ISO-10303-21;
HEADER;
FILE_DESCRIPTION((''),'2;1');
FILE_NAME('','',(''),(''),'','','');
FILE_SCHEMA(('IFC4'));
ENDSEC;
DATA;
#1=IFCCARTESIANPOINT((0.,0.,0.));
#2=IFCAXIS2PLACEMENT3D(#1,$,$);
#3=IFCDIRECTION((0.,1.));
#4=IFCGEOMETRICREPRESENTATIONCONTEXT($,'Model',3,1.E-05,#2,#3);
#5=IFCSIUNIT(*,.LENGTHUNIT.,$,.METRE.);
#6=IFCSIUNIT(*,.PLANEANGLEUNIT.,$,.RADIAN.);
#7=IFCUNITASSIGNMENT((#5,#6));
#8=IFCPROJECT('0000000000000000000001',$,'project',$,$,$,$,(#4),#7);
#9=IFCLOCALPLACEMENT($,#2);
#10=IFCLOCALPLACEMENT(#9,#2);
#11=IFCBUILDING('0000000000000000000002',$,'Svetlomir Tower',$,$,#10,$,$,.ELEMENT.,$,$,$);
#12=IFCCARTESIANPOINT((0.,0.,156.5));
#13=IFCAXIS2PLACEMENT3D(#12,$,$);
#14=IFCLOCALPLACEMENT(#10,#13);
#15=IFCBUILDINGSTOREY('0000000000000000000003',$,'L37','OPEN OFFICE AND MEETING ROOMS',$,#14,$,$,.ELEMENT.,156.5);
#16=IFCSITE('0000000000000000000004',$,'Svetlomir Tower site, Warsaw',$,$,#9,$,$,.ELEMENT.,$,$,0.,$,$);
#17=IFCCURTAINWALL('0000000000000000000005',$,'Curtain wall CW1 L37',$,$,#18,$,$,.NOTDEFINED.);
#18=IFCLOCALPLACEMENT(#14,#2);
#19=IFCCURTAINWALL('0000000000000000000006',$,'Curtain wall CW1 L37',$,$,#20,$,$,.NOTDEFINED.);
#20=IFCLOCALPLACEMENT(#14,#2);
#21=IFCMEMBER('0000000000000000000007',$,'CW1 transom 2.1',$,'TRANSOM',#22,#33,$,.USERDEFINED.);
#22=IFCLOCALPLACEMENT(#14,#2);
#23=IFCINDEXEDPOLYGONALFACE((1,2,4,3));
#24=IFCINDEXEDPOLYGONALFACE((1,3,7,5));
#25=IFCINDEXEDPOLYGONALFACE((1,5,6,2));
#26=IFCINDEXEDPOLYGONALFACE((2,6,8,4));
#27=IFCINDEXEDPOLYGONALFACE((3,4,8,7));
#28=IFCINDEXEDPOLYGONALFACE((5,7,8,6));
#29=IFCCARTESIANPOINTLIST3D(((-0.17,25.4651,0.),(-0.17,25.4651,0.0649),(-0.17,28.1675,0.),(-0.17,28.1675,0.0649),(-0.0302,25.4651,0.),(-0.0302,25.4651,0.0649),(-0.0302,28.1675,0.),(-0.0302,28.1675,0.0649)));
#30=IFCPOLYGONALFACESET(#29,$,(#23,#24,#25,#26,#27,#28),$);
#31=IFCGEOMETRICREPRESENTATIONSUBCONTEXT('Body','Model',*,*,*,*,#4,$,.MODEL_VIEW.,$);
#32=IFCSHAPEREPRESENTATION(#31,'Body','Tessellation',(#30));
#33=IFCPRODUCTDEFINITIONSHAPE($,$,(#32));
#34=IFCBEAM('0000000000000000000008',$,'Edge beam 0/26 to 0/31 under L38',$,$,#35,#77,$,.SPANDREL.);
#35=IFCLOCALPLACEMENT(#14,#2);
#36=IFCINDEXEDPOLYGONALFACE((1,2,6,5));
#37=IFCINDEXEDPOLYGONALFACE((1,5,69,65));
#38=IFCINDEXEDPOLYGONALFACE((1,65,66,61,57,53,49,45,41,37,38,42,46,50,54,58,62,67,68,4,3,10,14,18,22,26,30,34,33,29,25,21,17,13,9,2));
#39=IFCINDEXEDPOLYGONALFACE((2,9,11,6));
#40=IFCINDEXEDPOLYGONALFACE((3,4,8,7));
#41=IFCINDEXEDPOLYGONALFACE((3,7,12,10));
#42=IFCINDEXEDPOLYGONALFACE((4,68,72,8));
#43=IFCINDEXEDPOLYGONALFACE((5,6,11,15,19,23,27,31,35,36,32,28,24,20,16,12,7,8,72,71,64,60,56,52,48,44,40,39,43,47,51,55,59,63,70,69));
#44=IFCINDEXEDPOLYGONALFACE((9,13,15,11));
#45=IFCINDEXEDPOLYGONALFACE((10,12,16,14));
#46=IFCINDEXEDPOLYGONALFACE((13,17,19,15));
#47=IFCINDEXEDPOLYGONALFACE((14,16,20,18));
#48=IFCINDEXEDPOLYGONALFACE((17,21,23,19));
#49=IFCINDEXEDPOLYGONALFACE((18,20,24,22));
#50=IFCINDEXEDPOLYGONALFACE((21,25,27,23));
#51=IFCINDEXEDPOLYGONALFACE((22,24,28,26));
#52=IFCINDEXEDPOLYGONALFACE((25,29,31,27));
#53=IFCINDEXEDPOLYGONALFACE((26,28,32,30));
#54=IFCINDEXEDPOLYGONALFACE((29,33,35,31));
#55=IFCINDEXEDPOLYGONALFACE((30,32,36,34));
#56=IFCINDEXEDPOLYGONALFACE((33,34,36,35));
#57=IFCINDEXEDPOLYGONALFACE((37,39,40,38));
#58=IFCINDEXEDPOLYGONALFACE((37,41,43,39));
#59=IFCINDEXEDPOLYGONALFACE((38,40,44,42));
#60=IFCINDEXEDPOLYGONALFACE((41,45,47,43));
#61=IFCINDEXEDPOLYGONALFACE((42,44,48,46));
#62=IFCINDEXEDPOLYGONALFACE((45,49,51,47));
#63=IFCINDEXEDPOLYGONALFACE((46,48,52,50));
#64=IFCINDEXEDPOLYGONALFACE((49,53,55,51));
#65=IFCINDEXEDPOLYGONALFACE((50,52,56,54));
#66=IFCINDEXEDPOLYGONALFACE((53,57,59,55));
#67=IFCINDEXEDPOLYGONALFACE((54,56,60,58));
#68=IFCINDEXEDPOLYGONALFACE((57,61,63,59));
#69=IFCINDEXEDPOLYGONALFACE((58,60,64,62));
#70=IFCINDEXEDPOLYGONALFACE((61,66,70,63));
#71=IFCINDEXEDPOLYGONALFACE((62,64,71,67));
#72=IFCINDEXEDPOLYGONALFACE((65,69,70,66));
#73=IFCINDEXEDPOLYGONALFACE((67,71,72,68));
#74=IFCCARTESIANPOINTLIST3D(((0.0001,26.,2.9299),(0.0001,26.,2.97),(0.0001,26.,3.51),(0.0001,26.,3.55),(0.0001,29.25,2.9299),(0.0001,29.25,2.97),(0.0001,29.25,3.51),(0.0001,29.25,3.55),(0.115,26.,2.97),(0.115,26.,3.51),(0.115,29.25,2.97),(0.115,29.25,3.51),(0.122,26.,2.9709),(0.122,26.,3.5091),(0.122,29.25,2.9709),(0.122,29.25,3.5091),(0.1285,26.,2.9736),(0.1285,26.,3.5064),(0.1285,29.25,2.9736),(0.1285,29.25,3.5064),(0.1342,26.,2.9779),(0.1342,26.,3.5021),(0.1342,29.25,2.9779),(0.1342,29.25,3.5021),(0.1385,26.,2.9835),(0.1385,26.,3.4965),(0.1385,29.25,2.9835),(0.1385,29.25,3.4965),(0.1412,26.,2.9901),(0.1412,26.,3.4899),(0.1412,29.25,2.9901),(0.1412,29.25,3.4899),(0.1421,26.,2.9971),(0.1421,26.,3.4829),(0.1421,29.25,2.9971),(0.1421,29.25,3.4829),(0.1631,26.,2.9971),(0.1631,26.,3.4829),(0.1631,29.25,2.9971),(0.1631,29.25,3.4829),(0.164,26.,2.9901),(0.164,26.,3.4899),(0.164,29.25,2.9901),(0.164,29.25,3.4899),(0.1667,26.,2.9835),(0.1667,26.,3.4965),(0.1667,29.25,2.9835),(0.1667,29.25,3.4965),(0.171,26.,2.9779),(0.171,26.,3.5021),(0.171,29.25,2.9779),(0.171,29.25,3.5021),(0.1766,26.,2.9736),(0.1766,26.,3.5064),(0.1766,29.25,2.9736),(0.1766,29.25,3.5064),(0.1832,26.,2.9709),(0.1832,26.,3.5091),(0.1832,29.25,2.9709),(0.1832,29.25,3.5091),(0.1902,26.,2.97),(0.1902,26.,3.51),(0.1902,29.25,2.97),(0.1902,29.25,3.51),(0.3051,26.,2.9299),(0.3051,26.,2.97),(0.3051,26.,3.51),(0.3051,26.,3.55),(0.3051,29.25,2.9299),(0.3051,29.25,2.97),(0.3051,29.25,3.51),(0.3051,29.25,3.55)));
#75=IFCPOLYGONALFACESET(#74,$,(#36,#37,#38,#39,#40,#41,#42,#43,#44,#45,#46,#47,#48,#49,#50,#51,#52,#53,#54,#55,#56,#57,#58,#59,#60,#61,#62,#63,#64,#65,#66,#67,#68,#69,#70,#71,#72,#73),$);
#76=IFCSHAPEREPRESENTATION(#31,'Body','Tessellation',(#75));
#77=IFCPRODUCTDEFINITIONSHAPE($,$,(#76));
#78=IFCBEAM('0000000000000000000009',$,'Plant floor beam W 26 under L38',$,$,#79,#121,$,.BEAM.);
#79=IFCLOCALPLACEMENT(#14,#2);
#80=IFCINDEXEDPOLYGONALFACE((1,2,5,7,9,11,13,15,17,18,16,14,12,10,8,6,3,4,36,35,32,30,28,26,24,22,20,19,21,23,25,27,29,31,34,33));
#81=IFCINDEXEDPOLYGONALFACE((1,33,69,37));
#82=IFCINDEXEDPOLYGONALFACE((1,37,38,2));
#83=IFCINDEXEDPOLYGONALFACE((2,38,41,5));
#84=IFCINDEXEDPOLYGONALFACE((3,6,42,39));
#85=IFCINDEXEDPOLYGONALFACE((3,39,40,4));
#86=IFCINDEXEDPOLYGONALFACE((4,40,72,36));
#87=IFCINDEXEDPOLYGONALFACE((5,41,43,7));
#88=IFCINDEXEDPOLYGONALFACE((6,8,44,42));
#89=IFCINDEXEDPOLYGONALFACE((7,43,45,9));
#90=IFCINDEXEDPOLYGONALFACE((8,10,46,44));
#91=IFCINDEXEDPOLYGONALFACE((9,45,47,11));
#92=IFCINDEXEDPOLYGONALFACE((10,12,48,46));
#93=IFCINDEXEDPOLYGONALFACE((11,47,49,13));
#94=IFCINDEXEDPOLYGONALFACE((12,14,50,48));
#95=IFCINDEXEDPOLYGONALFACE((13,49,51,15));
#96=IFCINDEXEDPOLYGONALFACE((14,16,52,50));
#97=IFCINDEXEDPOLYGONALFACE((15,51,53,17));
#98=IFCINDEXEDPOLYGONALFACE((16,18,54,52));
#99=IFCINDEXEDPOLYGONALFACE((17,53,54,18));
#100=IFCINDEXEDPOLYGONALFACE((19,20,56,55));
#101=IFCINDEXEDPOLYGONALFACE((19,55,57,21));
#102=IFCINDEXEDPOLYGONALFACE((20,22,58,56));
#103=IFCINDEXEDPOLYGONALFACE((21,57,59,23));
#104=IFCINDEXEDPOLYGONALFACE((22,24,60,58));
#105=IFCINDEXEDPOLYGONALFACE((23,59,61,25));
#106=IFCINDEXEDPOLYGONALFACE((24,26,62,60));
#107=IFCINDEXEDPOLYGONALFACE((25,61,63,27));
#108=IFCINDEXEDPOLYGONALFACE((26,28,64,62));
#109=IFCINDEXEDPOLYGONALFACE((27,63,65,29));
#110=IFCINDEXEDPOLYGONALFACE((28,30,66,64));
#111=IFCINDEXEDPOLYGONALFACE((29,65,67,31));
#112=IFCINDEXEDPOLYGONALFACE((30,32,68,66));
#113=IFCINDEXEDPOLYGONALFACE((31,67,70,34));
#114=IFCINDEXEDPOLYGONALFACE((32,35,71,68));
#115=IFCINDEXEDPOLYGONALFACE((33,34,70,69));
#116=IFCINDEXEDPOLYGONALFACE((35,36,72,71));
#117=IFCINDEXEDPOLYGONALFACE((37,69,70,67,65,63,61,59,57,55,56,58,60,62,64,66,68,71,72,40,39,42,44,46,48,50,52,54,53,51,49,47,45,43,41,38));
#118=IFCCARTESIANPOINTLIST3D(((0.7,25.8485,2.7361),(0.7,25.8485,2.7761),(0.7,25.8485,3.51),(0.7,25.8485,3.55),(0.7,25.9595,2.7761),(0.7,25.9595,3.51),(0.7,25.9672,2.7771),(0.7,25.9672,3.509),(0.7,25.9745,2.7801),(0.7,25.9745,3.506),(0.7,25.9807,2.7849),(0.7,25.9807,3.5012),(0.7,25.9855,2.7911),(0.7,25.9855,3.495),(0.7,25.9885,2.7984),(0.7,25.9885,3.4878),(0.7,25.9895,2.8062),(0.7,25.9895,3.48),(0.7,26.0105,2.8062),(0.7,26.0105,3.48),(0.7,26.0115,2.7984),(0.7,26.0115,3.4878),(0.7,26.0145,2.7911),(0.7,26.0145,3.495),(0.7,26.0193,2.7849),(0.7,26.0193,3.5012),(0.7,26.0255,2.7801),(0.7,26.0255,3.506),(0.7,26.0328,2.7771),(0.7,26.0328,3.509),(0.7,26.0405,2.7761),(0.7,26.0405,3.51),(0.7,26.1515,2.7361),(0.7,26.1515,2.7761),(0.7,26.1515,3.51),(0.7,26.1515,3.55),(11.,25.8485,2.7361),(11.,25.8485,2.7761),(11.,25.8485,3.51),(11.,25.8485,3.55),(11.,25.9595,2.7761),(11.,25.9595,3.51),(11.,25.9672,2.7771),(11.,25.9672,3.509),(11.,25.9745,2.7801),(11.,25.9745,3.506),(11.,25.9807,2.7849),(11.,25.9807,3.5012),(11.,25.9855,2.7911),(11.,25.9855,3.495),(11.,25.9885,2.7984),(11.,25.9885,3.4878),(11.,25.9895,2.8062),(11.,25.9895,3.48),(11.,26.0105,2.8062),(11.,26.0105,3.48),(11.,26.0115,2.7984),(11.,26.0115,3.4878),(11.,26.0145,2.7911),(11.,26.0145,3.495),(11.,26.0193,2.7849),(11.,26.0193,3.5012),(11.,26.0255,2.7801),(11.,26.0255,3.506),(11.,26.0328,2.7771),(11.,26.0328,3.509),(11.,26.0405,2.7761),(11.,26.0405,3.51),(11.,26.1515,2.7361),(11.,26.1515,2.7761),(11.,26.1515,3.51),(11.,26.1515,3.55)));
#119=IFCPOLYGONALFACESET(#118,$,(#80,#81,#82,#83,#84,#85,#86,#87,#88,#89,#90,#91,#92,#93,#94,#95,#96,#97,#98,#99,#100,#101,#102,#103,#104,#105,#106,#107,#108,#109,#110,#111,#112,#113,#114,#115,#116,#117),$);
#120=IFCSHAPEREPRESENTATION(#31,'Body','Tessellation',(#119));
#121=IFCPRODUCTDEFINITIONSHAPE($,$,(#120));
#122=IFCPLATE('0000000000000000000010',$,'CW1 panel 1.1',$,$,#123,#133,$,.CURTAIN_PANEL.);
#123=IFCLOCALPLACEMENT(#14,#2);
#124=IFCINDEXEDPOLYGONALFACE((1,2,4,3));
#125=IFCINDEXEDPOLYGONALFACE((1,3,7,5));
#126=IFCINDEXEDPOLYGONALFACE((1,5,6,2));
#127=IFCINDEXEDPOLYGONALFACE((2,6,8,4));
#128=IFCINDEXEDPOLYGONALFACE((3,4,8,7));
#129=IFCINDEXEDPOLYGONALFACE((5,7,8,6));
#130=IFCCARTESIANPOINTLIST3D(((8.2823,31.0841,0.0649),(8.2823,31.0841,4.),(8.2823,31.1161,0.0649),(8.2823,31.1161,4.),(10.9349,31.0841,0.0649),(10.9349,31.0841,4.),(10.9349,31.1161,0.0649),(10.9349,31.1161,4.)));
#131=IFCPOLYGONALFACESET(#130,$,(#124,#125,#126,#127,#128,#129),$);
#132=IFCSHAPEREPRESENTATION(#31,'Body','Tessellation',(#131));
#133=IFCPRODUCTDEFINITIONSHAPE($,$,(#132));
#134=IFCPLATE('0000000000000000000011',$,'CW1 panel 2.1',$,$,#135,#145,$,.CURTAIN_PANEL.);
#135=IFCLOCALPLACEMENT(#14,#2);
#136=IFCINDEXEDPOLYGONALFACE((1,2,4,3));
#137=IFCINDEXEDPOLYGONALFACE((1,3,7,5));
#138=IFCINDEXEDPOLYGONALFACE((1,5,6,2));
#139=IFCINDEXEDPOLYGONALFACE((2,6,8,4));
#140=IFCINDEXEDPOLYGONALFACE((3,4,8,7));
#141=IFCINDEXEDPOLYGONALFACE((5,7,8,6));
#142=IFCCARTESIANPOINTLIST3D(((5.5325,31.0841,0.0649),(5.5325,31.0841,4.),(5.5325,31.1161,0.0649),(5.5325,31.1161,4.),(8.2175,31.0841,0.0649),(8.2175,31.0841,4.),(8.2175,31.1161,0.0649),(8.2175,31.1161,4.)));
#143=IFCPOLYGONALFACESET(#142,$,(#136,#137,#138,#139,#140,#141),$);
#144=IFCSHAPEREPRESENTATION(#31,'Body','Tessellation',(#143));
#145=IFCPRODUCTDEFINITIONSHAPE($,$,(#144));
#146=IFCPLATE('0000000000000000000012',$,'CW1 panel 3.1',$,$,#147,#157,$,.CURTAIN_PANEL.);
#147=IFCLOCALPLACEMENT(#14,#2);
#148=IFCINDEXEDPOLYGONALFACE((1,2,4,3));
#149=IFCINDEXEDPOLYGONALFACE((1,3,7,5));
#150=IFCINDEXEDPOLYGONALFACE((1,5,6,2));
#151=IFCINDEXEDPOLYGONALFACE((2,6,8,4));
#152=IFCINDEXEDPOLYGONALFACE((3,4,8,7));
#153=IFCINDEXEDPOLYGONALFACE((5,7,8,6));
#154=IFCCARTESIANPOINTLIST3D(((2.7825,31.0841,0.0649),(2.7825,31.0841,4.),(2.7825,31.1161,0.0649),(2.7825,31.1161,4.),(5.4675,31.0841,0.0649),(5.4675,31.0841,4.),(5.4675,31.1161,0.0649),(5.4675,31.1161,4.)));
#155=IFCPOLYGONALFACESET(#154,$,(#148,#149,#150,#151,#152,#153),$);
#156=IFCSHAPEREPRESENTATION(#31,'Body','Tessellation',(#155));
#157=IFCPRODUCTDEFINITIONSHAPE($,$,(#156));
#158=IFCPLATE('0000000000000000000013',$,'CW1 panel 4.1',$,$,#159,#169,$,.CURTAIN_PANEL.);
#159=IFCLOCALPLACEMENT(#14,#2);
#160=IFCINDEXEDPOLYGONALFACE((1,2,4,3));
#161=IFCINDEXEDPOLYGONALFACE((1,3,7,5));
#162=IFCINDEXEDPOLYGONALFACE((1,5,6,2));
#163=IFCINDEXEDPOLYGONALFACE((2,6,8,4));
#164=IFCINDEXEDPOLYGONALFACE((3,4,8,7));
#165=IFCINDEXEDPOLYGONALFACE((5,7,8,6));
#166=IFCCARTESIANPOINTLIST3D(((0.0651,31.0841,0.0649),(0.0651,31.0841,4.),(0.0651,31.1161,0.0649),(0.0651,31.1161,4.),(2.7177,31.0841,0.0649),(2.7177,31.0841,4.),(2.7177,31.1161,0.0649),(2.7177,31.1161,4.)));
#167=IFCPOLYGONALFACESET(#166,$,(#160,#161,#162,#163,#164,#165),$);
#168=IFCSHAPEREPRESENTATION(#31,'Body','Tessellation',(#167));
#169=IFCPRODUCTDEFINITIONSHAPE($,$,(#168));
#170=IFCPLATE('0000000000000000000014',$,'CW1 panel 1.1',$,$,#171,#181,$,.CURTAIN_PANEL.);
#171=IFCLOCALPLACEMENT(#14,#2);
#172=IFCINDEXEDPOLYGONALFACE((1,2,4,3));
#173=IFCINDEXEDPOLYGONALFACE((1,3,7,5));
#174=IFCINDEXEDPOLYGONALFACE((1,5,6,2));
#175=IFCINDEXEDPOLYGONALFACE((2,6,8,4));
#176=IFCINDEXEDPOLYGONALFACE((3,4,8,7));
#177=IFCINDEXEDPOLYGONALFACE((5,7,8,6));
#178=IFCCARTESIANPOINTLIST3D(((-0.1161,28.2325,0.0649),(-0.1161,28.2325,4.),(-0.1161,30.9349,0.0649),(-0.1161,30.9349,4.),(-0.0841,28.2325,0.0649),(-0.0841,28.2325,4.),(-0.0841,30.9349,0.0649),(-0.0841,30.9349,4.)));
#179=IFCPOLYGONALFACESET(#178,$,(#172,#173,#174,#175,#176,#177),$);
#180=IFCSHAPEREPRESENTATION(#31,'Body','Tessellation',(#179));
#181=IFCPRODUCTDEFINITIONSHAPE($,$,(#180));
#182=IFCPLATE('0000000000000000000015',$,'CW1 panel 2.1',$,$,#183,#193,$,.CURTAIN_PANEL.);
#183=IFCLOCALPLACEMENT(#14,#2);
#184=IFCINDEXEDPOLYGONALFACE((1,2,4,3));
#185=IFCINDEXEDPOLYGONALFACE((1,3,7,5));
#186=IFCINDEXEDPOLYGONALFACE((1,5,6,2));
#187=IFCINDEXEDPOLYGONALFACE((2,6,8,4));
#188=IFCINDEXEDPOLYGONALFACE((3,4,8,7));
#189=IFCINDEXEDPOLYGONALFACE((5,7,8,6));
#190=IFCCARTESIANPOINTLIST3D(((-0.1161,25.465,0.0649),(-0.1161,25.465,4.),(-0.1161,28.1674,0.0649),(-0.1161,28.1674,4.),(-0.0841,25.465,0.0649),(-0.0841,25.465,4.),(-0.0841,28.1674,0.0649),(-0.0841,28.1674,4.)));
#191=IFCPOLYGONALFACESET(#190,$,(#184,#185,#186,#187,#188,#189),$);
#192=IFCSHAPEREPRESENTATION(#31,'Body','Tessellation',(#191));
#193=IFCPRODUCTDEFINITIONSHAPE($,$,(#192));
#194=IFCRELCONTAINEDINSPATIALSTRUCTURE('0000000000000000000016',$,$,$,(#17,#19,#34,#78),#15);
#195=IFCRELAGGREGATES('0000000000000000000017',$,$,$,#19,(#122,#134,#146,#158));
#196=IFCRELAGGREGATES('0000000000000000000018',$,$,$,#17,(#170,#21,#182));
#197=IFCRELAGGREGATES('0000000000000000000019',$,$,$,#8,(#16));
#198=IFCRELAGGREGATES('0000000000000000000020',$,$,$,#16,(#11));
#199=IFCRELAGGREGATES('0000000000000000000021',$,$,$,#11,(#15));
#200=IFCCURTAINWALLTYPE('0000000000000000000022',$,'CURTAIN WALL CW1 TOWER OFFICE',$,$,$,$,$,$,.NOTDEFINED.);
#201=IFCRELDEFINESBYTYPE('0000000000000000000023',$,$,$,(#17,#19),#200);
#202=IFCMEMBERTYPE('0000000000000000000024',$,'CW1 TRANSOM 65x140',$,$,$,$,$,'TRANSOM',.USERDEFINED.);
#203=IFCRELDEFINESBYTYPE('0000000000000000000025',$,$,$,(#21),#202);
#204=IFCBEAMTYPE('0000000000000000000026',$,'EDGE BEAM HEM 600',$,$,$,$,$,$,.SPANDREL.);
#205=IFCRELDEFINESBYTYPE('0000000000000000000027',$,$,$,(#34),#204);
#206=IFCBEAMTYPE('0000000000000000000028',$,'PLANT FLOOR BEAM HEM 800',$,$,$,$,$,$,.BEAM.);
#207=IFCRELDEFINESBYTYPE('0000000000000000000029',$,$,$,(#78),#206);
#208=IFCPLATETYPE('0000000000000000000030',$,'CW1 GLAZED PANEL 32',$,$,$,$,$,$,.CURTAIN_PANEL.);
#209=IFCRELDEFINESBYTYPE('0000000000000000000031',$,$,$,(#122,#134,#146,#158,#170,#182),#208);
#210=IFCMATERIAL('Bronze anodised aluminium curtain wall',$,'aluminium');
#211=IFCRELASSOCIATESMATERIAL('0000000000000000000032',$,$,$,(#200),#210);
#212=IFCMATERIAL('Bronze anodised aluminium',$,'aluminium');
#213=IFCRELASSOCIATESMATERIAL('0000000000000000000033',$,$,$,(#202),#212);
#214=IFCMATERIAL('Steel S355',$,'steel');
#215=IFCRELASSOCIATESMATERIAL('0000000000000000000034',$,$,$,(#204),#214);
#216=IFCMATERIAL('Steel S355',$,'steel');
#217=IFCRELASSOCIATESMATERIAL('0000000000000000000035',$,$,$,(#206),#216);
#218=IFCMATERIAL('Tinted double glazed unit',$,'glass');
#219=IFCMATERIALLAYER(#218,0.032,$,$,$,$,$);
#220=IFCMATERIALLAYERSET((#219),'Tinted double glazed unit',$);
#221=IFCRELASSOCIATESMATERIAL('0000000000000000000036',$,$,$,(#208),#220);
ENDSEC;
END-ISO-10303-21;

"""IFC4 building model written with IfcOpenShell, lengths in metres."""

from ifc_helpers import new_model, si_unit, direction, frame, origin, origin_2d, place, context, subcontext, project, spatial, rectangle, i_section, extrude, material, layer, layer_set, material_profile, profile_set, type_object, element, aggregate, save


model = new_model("IFC4")

# Units and contexts
model_context = context("Model", 3, precision=1e-05, world=origin(), true_north=direction((0.0, 1.0)))
body_context = subcontext(model_context, "Body", "Model", "MODEL_VIEW")
ifc_project = project(units=[si_unit("LENGTHUNIT", "METRE"), si_unit("PLANEANGLEUNIT", "RADIAN")], contexts=[model_context])

# Site, building, storey
site_placement = place(None, origin())
site = spatial("IfcSite", under=ifc_project, at=site_placement, Name="Svetlomir Tower site, Warsaw", CompositionType="ELEMENT", RefElevation=0.0)
building_placement = place(site_placement, origin())
building = spatial("IfcBuilding", under=site, at=building_placement, Name="Svetlomir Tower", CompositionType="ELEMENT")
storey_placement = place(building_placement, frame((0.0, 0.0, 156.5)))
storey = spatial("IfcBuildingStorey", under=building, at=storey_placement, Name="L37", Description="OPEN OFFICE AND MEETING ROOMS", CompositionType="ELEMENT", Elevation=156.5)

# Curtain wall
ifc_material_1 = material(Name="Bronze anodised aluminium curtain wall", Category="aluminium")
curtain_wall_type = type_object("IfcCurtainWallType", Name="CURTAIN WALL CW1 TOWER OFFICE", PredefinedType="NOTDEFINED", material=ifc_material_1)
curtain_wall_1_placement = place(storey_placement, origin())
curtain_wall_1 = element("IfcCurtainWall", 1, at=curtain_wall_1_placement, inside=storey, type_object=curtain_wall_type, Name="Curtain wall CW1 L37", PredefinedType="NOTDEFINED")

# Curtain wall
curtain_wall_2_placement = place(storey_placement, origin())
curtain_wall_2 = element("IfcCurtainWall", 2, at=curtain_wall_2_placement, inside=storey, type_object=curtain_wall_type, Name="Curtain wall CW1 L37", PredefinedType="NOTDEFINED")

# Member
ifc_material_2 = material(Name="Bronze anodised aluminium", Category="aluminium")
ifc_material_profile_1 = material_profile(ifc_material_2, rectangle(XDim=0.1399, YDim=0.0649, at=origin_2d()), Name="AL 140x65")
ifc_profile_set_1 = profile_set([ifc_material_profile_1], Name="Bronze anodised aluminium 6063-T6")
member_type_1 = type_object("IfcMemberType", Name="CW1 TRANSOM 65x140", ElementType="TRANSOM", PredefinedType="USERDEFINED", material=ifc_profile_set_1)
member_1_placement = place(storey_placement, frame((-0.1001, 28.1675, 0.0325), z_axis=(0.0, -1.0, 0.0), x_axis=(1.0, 0.0, 0.0)))
member_1 = element("IfcMember", 3, at=member_1_placement, type_object=member_type_1, Name="CW1 transom 2.1", ObjectType="TRANSOM", PredefinedType="USERDEFINED", context=body_context, shape_type="SweptSolid", body=[
    extrude(rectangle(XDim=0.1399, YDim=0.0649, at=origin_2d()), origin(), (0.0, 0.0, 1.0), 2.7024),
])

# Beams
ifc_material_3 = material(Name="Steel S355", Category="steel")
ifc_material_profile_2 = material_profile(ifc_material_3, i_section(OverallWidth=0.3049, OverallDepth=0.6201, WebThickness=0.021, FlangeThickness=0.04, FilletRadius=0.0271, at=origin_2d()), Name="HEM 600")
ifc_profile_set_2 = profile_set([ifc_material_profile_2], Name="Steel S355")
beam_type_1 = type_object("IfcBeamType", Name="EDGE BEAM HEM 600", PredefinedType="SPANDREL", material=ifc_profile_set_2)
beam_1_placement = place(storey_placement, frame((0.1526, 26.0, 3.24), z_axis=(0.0, 1.0, 0.0), x_axis=(-1.0, 0.0, 0.0)))
element("IfcBeam", 4, at=beam_1_placement, inside=storey, type_object=beam_type_1, Name="Edge beam 0/26 to 0/31 under L38", PredefinedType="SPANDREL", context=body_context, shape_type="SweptSolid", body=[
    extrude(i_section(OverallWidth=0.3049, OverallDepth=0.6201, WebThickness=0.021, FlangeThickness=0.04, FilletRadius=0.0271, at=origin_2d()), origin(), (0.0, 0.0, 1.0), 3.25),
])
ifc_material_4 = material(Name="Steel S355", Category="steel")
ifc_material_profile_3 = material_profile(ifc_material_4, i_section(OverallWidth=0.303, OverallDepth=0.814, WebThickness=0.021, FlangeThickness=0.04, FilletRadius=0.03, at=origin_2d()), Name="HEM 800")
ifc_profile_set_3 = profile_set([ifc_material_profile_3], Name="Steel S355")
beam_type_2 = type_object("IfcBeamType", Name="PLANT FLOOR BEAM HEM 800", PredefinedType="BEAM", material=ifc_profile_set_3)
beam_2_placement = place(storey_placement, frame((0.7, 26.0, 3.1431), z_axis=(1.0, 0.0, 0.0), x_axis=(0.0, 1.0, 0.0)))
element("IfcBeam", 5, at=beam_2_placement, inside=storey, type_object=beam_type_2, Name="Plant floor beam W 26 under L38", PredefinedType="BEAM", context=body_context, shape_type="SweptSolid", body=[
    extrude(i_section(OverallWidth=0.303, OverallDepth=0.814, WebThickness=0.021, FlangeThickness=0.04, FilletRadius=0.03, at=origin_2d()), origin(), (0.0, 0.0, 1.0), 10.3),
])

# Plates
ifc_material_5 = material(Name="Tinted double glazed unit", Category="glass")
ifc_layer_1 = layer(ifc_material_5, 0.032)
ifc_layer_set_1 = layer_set([ifc_layer_1], Name="Tinted double glazed unit")
plate_type = type_object("IfcPlateType", Name="CW1 GLAZED PANEL 32", PredefinedType="CURTAIN_PANEL", material=ifc_layer_set_1)
plate_1_placement = place(storey_placement, frame((9.6086, 31.1001, 0.0649), z_axis=(0.0, 0.0, 1.0), x_axis=(-1.0, 0.0, 0.0)))
plate_1 = element("IfcPlate", 6, at=plate_1_placement, type_object=plate_type, Name="CW1 panel 1.1", PredefinedType="CURTAIN_PANEL", context=body_context, shape_type="SweptSolid", body=[
    extrude(rectangle(XDim=2.6526, YDim=0.032, at=origin_2d()), origin(), (0.0, 0.0, 1.0), 3.9351),
])
plate_2_placement = place(storey_placement, frame((6.875, 31.1001, 0.0649), z_axis=(0.0, 0.0, 1.0), x_axis=(-1.0, 0.0, 0.0)))
plate_2 = element("IfcPlate", 7, at=plate_2_placement, type_object=plate_type, Name="CW1 panel 2.1", PredefinedType="CURTAIN_PANEL", context=body_context, shape_type="SweptSolid", body=[
    extrude(rectangle(XDim=2.6851, YDim=0.032, at=origin_2d()), origin(), (0.0, 0.0, 1.0), 3.9351),
])
plate_3_placement = place(storey_placement, frame((4.125, 31.1001, 0.0649), z_axis=(0.0, 0.0, 1.0), x_axis=(-1.0, 0.0, 0.0)))
plate_3 = element("IfcPlate", 8, at=plate_3_placement, type_object=plate_type, Name="CW1 panel 3.1", PredefinedType="CURTAIN_PANEL", context=body_context, shape_type="SweptSolid", body=[
    extrude(rectangle(XDim=2.6851, YDim=0.032, at=origin_2d()), origin(), (0.0, 0.0, 1.0), 3.9351),
])
plate_4_placement = place(storey_placement, frame((1.3914, 31.1001, 0.0649), z_axis=(0.0, 0.0, 1.0), x_axis=(-1.0, 0.0, 0.0)))
plate_4 = element("IfcPlate", 9, at=plate_4_placement, type_object=plate_type, Name="CW1 panel 4.1", PredefinedType="CURTAIN_PANEL", context=body_context, shape_type="SweptSolid", body=[
    extrude(rectangle(XDim=2.6526, YDim=0.032, at=origin_2d()), origin(), (0.0, 0.0, 1.0), 3.9351),
])
aggregate(curtain_wall_2, [plate_1, plate_2, plate_3, plate_4])
plate_5_placement = place(storey_placement, frame((-0.1001, 29.5837, 0.0649), z_axis=(0.0, 0.0, 1.0), x_axis=(0.0, -1.0, 0.0)))
plate_5 = element("IfcPlate", 10, at=plate_5_placement, type_object=plate_type, Name="CW1 panel 1.1", PredefinedType="CURTAIN_PANEL", context=body_context, shape_type="SweptSolid", body=[
    extrude(rectangle(XDim=2.7024, YDim=0.032, at=origin_2d()), origin(), (0.0, 0.0, 1.0), 3.9351),
])
plate_6_placement = place(storey_placement, frame((-0.1001, 26.8162, 0.0649), z_axis=(0.0, 0.0, 1.0), x_axis=(0.0, -1.0, 0.0)))
plate_6 = element("IfcPlate", 11, at=plate_6_placement, type_object=plate_type, Name="CW1 panel 2.1", PredefinedType="CURTAIN_PANEL", context=body_context, shape_type="SweptSolid", body=[
    extrude(rectangle(XDim=2.7024, YDim=0.032, at=origin_2d()), origin(), (0.0, 0.0, 1.0), 3.9351),
])
aggregate(curtain_wall_1, [plate_5, member_1, plate_6])

save(model, "model.ifc")
